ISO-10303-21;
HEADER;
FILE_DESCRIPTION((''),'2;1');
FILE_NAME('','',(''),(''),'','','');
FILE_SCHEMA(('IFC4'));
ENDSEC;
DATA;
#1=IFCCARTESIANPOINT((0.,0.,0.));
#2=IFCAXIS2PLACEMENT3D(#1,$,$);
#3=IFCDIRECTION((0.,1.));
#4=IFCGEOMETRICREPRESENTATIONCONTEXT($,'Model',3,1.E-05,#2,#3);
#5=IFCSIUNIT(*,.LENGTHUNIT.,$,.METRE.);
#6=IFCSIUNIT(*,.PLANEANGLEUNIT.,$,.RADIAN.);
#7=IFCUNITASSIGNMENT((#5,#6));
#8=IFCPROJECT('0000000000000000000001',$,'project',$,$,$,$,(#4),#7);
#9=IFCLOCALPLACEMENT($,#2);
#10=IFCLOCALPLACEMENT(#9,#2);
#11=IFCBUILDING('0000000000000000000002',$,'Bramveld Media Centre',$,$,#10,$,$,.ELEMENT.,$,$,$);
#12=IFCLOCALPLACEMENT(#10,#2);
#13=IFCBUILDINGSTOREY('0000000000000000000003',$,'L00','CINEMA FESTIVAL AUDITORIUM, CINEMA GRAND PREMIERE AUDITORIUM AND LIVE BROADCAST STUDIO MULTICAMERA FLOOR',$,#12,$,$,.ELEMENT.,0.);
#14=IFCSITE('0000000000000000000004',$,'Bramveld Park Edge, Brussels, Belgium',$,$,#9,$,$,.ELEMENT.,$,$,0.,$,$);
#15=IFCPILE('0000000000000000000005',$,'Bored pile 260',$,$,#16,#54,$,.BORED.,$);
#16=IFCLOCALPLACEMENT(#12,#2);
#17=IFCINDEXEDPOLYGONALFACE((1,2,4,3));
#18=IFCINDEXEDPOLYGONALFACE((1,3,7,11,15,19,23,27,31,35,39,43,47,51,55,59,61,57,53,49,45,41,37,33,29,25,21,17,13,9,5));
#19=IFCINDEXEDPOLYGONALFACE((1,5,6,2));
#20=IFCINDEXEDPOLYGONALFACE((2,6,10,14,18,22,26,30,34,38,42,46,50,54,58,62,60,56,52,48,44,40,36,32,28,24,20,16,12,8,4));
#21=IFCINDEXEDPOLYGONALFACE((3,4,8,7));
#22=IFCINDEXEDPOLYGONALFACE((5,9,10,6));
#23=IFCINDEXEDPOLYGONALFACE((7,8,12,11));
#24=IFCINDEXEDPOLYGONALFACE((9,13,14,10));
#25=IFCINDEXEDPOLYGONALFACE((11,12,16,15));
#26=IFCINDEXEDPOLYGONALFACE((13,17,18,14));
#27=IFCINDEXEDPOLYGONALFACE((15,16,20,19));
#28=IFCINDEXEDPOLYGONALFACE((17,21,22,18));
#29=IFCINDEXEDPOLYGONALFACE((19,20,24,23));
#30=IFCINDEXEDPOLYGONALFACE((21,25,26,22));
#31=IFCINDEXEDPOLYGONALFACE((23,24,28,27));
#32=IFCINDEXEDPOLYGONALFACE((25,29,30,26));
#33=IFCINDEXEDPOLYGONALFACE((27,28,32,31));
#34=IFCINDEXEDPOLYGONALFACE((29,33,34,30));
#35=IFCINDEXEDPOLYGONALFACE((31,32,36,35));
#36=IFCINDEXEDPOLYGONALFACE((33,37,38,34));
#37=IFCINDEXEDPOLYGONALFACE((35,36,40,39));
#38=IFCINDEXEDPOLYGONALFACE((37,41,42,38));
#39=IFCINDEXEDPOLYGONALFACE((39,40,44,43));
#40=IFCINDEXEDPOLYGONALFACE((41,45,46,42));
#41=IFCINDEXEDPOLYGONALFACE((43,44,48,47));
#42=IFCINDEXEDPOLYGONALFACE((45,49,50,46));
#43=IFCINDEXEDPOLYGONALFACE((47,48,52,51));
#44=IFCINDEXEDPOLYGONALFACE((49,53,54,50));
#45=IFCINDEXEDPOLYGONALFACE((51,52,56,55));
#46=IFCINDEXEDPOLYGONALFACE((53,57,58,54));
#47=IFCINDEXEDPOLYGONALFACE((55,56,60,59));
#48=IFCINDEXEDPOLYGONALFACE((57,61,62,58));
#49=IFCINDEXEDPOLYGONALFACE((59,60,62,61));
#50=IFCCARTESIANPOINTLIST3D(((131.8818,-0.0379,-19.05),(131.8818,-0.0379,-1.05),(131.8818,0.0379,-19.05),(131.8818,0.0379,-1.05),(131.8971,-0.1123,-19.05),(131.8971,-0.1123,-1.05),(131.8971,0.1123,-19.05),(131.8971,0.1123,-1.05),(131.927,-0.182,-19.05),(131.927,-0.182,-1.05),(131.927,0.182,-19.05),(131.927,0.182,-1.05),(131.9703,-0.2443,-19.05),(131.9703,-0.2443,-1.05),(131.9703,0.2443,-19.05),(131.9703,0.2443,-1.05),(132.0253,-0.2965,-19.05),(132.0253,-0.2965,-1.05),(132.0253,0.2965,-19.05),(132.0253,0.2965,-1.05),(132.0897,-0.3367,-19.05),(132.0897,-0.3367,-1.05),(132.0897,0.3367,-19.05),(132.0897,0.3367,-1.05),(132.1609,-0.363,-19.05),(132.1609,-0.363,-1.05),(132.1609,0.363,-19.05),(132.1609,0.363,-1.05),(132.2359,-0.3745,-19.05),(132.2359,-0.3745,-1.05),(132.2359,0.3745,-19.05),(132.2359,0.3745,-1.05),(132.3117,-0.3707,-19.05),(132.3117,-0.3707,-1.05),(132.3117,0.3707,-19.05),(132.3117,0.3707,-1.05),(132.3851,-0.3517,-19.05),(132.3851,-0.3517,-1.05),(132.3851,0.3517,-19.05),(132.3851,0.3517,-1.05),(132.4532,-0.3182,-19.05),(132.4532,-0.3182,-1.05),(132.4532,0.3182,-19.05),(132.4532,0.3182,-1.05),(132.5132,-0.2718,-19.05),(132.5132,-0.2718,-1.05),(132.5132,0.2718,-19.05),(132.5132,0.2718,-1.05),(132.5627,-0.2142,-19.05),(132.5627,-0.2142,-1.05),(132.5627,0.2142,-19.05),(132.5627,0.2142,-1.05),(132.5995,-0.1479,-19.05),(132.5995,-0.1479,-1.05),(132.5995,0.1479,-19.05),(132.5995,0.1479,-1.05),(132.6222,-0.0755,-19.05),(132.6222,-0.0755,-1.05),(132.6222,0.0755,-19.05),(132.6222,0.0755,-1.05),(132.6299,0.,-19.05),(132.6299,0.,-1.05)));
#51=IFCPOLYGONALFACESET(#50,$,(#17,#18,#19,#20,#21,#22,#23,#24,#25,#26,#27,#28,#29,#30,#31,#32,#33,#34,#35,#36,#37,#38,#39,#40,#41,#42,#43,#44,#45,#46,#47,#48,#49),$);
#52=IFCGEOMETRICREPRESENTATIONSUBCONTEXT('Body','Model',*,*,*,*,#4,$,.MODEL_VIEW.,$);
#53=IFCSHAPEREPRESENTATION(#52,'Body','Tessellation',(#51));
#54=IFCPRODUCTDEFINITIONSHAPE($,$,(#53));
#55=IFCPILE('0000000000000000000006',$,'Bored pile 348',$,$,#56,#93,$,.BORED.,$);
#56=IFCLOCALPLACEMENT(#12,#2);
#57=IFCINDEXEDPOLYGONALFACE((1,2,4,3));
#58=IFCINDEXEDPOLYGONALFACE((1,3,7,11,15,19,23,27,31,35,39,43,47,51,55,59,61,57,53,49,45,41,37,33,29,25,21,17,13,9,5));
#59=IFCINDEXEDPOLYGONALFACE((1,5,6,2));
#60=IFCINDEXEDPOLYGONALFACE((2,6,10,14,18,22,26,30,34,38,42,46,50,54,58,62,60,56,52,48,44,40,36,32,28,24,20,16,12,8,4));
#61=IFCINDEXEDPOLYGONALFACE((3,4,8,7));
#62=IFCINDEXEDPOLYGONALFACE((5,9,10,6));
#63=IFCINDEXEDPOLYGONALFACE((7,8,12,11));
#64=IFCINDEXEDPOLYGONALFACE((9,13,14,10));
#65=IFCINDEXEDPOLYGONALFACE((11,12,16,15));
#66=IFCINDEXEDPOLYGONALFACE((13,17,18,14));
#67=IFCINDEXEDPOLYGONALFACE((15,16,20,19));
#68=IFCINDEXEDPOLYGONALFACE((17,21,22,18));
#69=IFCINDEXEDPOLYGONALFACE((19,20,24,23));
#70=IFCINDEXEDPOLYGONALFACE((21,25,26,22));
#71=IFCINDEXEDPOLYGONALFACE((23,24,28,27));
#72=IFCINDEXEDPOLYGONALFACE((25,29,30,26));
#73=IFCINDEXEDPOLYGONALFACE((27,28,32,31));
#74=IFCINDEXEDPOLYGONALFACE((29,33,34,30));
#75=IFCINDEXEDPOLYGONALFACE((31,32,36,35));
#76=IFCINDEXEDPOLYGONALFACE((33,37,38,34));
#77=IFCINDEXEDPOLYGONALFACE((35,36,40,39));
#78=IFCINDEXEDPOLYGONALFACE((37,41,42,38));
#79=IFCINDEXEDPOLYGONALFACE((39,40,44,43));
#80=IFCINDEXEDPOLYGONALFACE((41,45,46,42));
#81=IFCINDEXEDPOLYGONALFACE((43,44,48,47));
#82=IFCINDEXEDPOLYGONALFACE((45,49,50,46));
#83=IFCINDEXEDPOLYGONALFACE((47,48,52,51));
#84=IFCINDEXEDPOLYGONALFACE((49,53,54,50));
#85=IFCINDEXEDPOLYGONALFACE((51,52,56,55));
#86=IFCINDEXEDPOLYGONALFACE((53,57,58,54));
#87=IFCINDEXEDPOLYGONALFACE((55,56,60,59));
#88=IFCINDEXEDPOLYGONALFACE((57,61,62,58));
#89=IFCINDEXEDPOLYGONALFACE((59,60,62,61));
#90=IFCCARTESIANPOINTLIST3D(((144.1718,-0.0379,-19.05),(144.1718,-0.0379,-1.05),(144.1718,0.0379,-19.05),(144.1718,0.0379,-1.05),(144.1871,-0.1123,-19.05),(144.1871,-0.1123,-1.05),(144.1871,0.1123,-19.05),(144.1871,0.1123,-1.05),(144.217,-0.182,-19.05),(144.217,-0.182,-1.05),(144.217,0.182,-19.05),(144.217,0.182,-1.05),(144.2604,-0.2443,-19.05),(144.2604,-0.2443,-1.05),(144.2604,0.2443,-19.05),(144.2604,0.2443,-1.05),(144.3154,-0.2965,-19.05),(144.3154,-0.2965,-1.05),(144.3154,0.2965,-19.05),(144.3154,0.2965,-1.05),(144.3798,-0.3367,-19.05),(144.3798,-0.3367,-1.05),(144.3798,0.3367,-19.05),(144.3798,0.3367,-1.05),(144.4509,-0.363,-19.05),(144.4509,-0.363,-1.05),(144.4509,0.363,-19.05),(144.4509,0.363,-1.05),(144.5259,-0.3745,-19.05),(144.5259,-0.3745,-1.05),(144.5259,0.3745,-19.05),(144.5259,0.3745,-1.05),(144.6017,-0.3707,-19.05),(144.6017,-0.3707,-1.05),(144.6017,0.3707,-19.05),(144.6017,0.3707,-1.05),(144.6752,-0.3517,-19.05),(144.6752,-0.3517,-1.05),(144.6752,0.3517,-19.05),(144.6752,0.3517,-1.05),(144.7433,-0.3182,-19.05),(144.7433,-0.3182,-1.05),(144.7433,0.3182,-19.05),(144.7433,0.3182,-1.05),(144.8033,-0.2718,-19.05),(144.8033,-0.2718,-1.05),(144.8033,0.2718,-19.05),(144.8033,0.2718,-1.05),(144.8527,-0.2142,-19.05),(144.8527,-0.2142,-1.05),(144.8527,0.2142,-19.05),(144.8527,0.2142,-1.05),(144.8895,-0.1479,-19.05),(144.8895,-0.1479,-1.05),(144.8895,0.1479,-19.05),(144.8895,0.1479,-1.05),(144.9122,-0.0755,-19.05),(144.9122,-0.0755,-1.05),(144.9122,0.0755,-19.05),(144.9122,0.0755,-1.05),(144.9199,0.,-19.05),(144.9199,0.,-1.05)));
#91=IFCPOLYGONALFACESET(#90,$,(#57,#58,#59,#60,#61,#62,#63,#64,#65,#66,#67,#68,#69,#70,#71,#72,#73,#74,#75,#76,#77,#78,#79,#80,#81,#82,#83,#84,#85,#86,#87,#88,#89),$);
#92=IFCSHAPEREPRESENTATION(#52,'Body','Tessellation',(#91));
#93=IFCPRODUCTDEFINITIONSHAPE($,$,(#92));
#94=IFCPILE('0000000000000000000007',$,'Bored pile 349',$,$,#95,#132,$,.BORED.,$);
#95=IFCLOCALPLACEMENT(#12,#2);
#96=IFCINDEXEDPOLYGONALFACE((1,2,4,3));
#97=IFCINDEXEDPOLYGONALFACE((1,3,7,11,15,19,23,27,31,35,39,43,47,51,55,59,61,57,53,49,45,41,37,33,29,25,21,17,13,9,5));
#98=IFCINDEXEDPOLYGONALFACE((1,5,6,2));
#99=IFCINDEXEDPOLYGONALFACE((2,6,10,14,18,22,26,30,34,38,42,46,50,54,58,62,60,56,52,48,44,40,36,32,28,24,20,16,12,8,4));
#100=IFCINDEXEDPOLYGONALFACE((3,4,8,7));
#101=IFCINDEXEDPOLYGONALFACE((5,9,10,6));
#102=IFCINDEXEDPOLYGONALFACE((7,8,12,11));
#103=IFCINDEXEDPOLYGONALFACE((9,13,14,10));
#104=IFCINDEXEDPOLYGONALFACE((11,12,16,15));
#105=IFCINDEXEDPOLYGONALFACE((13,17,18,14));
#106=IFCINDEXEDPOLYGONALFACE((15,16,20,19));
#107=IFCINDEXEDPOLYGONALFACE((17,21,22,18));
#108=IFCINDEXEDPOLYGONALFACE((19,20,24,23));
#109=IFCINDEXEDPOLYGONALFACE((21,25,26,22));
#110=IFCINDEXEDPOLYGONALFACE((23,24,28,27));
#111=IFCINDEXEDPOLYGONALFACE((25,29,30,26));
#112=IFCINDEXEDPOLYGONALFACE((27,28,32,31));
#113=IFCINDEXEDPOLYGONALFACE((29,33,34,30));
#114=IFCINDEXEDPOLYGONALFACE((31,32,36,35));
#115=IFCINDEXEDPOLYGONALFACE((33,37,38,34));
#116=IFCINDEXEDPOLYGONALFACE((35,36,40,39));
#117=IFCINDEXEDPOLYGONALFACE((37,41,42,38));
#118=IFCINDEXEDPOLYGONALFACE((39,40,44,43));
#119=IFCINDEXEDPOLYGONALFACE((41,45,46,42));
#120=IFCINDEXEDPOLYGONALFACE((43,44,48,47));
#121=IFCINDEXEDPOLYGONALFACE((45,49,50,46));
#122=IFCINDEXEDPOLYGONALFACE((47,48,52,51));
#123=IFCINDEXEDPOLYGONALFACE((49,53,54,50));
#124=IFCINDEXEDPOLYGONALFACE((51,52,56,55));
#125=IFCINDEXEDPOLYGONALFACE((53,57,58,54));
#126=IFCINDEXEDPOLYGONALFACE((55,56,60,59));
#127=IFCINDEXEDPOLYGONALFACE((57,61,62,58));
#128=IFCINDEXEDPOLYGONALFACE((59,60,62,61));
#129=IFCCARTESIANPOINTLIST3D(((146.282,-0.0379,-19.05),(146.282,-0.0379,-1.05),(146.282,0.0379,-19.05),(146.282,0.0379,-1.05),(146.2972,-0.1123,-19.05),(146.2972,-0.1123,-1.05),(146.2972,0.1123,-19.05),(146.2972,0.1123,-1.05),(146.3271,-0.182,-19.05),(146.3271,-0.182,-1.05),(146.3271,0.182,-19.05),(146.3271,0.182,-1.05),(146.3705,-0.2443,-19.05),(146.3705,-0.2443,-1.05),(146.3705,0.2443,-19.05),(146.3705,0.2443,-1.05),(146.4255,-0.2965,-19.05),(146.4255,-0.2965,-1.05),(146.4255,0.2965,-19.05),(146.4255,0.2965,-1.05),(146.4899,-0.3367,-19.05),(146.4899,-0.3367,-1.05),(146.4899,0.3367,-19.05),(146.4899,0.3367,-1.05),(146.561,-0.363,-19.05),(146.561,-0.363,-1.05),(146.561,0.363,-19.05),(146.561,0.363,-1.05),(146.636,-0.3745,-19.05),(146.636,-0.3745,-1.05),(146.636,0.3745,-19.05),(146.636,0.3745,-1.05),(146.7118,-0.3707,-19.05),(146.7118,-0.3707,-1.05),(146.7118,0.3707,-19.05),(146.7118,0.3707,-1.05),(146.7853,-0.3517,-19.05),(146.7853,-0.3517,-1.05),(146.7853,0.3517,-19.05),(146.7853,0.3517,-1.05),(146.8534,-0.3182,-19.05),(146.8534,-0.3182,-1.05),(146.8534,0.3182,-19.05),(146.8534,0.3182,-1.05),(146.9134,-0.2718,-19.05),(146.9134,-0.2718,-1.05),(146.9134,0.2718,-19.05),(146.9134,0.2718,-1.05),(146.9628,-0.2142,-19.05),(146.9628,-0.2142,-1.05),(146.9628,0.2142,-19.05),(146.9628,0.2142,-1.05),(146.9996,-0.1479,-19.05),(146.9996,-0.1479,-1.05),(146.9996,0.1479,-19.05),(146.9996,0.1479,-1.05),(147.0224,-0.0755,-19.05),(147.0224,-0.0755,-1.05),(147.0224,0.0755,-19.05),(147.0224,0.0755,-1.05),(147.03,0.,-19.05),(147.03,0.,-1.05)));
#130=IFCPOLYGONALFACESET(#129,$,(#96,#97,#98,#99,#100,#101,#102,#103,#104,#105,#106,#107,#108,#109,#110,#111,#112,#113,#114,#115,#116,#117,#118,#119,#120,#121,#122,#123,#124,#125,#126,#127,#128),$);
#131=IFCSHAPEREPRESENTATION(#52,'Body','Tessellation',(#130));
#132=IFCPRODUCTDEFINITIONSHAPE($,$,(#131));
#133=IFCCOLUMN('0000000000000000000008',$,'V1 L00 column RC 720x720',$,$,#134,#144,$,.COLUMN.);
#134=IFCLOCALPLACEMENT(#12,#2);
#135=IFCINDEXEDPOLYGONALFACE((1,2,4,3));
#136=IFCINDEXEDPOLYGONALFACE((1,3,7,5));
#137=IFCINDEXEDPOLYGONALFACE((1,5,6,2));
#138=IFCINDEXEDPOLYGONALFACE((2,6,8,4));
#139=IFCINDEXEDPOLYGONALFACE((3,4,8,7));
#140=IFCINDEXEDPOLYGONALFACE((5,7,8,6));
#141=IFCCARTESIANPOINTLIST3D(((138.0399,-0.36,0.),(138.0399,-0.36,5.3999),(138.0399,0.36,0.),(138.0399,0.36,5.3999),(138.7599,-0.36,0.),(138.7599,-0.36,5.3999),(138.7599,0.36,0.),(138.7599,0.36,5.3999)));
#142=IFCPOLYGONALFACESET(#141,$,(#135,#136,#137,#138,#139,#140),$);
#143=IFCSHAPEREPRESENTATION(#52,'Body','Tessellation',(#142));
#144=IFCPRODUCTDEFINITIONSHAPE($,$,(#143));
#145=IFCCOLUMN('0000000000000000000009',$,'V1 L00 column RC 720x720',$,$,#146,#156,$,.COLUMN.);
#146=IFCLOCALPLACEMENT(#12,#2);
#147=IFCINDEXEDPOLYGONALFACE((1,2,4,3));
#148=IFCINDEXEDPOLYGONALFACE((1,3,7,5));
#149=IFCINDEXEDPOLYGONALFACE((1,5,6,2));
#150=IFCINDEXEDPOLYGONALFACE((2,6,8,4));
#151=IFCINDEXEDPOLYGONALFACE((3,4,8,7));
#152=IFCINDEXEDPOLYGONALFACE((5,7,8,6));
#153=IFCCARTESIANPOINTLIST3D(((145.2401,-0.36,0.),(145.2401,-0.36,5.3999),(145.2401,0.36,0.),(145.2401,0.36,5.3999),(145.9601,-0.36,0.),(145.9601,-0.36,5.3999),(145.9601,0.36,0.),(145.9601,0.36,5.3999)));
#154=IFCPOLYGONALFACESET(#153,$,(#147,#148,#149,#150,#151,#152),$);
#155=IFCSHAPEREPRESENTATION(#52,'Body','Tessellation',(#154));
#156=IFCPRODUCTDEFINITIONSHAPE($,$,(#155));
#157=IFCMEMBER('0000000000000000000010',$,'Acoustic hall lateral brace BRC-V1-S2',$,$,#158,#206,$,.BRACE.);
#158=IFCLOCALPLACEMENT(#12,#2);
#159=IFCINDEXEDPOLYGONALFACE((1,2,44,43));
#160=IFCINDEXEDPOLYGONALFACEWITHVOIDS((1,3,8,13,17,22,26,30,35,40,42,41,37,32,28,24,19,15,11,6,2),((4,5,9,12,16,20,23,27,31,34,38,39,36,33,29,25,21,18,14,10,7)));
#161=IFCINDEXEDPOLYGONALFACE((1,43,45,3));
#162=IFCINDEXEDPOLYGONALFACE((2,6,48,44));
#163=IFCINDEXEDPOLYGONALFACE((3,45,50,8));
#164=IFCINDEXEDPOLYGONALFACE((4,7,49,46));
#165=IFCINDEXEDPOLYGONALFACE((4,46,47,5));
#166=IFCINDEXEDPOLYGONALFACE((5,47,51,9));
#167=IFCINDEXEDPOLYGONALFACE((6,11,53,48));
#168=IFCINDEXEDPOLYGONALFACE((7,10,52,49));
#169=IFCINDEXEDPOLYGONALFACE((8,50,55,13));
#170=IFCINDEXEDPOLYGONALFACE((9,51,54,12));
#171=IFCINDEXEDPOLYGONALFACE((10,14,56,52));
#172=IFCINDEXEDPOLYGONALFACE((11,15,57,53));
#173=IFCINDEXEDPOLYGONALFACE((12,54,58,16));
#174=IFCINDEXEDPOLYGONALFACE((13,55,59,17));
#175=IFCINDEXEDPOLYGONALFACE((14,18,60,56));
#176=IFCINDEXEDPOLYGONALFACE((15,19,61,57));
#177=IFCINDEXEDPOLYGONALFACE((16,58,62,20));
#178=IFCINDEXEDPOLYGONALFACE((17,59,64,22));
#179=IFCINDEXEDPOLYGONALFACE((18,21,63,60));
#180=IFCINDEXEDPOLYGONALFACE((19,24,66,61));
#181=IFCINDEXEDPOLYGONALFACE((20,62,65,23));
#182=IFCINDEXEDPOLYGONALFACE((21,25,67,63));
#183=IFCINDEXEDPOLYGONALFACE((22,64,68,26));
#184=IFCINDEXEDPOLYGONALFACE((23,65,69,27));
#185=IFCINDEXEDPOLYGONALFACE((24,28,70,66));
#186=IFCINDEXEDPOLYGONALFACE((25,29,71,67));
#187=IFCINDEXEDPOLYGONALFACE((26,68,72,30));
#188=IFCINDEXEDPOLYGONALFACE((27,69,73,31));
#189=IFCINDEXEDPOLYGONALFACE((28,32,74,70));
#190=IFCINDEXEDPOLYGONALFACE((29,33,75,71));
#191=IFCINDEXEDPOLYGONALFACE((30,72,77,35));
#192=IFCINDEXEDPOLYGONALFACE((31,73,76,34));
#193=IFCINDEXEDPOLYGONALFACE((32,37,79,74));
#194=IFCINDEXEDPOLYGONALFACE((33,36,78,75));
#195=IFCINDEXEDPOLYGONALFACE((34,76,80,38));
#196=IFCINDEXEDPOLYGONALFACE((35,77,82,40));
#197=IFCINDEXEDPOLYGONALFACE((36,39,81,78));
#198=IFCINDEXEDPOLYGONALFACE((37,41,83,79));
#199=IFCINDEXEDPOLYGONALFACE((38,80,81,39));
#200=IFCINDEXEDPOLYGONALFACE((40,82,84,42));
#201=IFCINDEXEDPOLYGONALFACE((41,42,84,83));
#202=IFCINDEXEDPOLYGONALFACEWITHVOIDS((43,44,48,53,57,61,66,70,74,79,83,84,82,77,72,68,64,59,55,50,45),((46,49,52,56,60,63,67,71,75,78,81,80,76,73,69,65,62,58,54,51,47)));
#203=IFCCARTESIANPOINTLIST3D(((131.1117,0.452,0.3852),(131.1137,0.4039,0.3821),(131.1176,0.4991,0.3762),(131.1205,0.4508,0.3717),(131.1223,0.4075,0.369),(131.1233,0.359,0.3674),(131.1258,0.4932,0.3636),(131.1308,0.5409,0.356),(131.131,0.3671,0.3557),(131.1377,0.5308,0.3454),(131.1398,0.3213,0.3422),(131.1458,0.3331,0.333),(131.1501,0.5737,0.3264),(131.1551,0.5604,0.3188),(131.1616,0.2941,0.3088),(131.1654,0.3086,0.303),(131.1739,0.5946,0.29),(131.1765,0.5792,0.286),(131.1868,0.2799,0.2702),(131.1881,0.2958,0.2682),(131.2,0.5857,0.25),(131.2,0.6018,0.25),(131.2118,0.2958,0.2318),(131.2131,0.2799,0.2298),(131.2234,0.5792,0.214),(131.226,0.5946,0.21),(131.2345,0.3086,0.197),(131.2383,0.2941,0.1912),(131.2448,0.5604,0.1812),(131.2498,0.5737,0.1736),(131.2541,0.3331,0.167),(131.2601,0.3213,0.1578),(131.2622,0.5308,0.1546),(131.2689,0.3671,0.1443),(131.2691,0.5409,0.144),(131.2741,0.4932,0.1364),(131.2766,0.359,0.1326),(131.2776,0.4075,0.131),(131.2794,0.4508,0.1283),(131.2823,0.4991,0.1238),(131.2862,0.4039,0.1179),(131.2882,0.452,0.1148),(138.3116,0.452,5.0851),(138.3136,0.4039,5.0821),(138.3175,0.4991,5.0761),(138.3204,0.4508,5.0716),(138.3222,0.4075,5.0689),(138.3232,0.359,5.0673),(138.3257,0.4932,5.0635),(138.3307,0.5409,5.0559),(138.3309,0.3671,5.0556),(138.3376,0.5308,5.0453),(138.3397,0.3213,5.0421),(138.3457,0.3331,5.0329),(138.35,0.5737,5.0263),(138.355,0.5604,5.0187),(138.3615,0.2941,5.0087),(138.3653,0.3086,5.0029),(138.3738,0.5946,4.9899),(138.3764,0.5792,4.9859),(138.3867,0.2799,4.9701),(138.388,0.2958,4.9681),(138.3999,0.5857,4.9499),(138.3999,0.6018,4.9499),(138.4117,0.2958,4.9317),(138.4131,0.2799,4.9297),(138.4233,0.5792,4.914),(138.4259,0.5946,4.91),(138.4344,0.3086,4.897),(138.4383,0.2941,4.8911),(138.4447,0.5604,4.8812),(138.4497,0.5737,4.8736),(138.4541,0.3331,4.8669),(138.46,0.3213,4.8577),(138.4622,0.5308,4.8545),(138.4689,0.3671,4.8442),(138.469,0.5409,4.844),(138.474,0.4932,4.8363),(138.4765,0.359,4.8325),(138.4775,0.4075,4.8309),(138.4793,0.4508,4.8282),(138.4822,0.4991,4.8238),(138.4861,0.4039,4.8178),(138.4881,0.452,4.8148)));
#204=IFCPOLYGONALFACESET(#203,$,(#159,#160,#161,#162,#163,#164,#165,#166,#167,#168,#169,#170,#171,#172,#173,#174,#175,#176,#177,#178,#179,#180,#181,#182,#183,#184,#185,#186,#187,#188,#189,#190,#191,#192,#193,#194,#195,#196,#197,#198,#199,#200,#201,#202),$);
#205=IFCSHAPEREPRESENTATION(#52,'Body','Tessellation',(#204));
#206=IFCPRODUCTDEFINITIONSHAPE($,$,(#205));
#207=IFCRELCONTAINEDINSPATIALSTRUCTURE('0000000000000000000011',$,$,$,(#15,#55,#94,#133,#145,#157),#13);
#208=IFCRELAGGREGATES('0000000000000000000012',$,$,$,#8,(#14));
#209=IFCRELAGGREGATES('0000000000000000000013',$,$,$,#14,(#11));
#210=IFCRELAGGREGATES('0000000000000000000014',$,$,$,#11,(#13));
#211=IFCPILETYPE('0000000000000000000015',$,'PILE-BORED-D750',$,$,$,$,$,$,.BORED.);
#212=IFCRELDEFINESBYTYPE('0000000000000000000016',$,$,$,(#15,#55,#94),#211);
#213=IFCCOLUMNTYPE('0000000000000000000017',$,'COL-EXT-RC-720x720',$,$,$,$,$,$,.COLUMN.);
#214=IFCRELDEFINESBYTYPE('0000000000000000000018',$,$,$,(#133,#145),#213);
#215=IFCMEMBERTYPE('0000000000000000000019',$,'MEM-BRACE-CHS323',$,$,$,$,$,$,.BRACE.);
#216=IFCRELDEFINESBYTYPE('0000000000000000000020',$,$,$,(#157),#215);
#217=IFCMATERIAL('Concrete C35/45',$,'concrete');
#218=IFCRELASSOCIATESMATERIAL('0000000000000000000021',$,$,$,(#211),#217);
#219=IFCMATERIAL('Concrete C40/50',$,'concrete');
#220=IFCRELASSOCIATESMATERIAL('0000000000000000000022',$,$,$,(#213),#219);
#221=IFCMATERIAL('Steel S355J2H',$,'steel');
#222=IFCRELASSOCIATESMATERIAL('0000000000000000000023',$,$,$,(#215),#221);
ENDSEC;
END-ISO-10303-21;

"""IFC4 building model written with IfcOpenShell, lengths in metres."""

from ifc_helpers import new_model, si_unit, direction, frame, origin, origin_2d, place, context, subcontext, project, spatial, rectangle, circle, hollow_circle, extrude, material, material_profile, profile_set, type_object, element, save


model = new_model("IFC4")

# Units and contexts
model_context = context("Model", 3, precision=1e-05, world=origin(), true_north=direction((0.0, 1.0)))
body_context = subcontext(model_context, "Body", "Model", "MODEL_VIEW")
ifc_project = project(units=[si_unit("LENGTHUNIT", "METRE"), si_unit("PLANEANGLEUNIT", "RADIAN")], contexts=[model_context])

# Site, building, storey
site_placement = place(None, origin())
site = spatial("IfcSite", under=ifc_project, at=site_placement, Name="Bramveld Park Edge, Brussels, Belgium", CompositionType="ELEMENT", RefElevation=0.0)
building_placement = place(site_placement, origin())
building = spatial("IfcBuilding", under=site, at=building_placement, Name="Bramveld Media Centre", CompositionType="ELEMENT")
storey_placement = place(building_placement, origin())
storey = spatial("IfcBuildingStorey", under=building, at=storey_placement, Name="L00", Description="CINEMA FESTIVAL AUDITORIUM, CINEMA GRAND PREMIERE AUDITORIUM AND LIVE BROADCAST STUDIO MULTICAMERA FLOOR", CompositionType="ELEMENT", Elevation=0.0)

# Piles
ifc_material_1 = material(Name="Concrete C35/45", Category="concrete")
ifc_material_profile_1 = material_profile(ifc_material_1, circle(Radius=0.375, at=origin_2d()), Name="BORED D750")
ifc_profile_set_1 = profile_set([ifc_material_profile_1], Name="Concrete C35/45")
pile_type_1 = type_object("IfcPileType", Name="PILE-BORED-D750", PredefinedType="BORED", material=ifc_profile_set_1)
for number, where, z_axis, x_axis, name in (
    (1, (132.2549, 0.0, -1.05), (0.0, 0.0, -1.0), (1.0, 0.0, 0.0), "Bored pile 260"),
    (2, (144.5449, 0.0, -1.05), (0.0, 0.0, -1.0), (1.0, 0.0, 0.0), "Bored pile 348"),
    (3, (146.655, 0.0, -1.05), (0.0, 0.0, -1.0), (1.0, 0.0, 0.0), "Bored pile 349"),
):
    element("IfcPile", number, at=place(storey_placement, frame(where, z_axis=z_axis, x_axis=x_axis)), inside=storey, type_object=pile_type_1, Name=name, PredefinedType="BORED", context=body_context, shape_type="SweptSolid", body=[
        extrude(circle(Radius=0.375, at=origin_2d()), origin(), (0.0, 0.0, 1.0), 18.0),
    ])

# Columns
ifc_material_2 = material(Name="Concrete C40/50", Category="concrete")
ifc_material_profile_2 = material_profile(ifc_material_2, rectangle(XDim=0.72, YDim=0.72, at=origin_2d()), Name="RC 720x720")
ifc_profile_set_2 = profile_set([ifc_material_profile_2], Name="Concrete C40/50")
column_type = type_object("IfcColumnType", Name="COL-EXT-RC-720x720", PredefinedType="COLUMN", material=ifc_profile_set_2)
for number, where, z_axis, x_axis, name in (
    (4, (138.3999, 0.0, 0.0), (0.0, 0.0, 1.0), (1.0, 0.0, 0.0), "V1 L00 column RC 720x720"),
    (5, (145.6001, 0.0, 0.0), (0.0, 0.0, 1.0), (1.0, 0.0, 0.0), "V1 L00 column RC 720x720"),
):
    element("IfcColumn", number, at=place(storey_placement, frame(where, z_axis=z_axis, x_axis=x_axis)), inside=storey, type_object=column_type, Name=name, PredefinedType="COLUMN", context=body_context, shape_type="SweptSolid", body=[
        extrude(rectangle(XDim=0.72, YDim=0.72, at=origin_2d()), origin(), (0.0, 0.0, 1.0), 5.3999),
    ])

# Member
ifc_material_3 = material(Name="Steel S355J2H", Category="steel")
ifc_material_profile_3 = material_profile(ifc_material_3, hollow_circle(Radius=0.1619, WallThickness=0.0161, at=origin_2d()), Name="CHS 323.9x16")
ifc_profile_set_3 = profile_set([ifc_material_profile_3], Name="Steel S355J2H")
member_type_1 = type_object("IfcMemberType", Name="MEM-BRACE-CHS323", PredefinedType="BRACE", material=ifc_profile_set_3)
member_1_placement = place(storey_placement, frame((131.2, 0.4399, 0.25), z_axis=(0.83738, 0.0, 0.546621), x_axis=(0.0, 1.0, 0.0)))
element("IfcMember", 6, at=member_1_placement, inside=storey, type_object=member_type_1, Name="Acoustic hall lateral brace BRC-V1-S2", PredefinedType="BRACE", context=body_context, shape_type="SweptSolid", body=[
    extrude(hollow_circle(Radius=0.1619, WallThickness=0.0161, at=origin_2d()), origin(), (0.0, 0.0, 1.0), 8.5981),
])

save(model, "model.ifc")
